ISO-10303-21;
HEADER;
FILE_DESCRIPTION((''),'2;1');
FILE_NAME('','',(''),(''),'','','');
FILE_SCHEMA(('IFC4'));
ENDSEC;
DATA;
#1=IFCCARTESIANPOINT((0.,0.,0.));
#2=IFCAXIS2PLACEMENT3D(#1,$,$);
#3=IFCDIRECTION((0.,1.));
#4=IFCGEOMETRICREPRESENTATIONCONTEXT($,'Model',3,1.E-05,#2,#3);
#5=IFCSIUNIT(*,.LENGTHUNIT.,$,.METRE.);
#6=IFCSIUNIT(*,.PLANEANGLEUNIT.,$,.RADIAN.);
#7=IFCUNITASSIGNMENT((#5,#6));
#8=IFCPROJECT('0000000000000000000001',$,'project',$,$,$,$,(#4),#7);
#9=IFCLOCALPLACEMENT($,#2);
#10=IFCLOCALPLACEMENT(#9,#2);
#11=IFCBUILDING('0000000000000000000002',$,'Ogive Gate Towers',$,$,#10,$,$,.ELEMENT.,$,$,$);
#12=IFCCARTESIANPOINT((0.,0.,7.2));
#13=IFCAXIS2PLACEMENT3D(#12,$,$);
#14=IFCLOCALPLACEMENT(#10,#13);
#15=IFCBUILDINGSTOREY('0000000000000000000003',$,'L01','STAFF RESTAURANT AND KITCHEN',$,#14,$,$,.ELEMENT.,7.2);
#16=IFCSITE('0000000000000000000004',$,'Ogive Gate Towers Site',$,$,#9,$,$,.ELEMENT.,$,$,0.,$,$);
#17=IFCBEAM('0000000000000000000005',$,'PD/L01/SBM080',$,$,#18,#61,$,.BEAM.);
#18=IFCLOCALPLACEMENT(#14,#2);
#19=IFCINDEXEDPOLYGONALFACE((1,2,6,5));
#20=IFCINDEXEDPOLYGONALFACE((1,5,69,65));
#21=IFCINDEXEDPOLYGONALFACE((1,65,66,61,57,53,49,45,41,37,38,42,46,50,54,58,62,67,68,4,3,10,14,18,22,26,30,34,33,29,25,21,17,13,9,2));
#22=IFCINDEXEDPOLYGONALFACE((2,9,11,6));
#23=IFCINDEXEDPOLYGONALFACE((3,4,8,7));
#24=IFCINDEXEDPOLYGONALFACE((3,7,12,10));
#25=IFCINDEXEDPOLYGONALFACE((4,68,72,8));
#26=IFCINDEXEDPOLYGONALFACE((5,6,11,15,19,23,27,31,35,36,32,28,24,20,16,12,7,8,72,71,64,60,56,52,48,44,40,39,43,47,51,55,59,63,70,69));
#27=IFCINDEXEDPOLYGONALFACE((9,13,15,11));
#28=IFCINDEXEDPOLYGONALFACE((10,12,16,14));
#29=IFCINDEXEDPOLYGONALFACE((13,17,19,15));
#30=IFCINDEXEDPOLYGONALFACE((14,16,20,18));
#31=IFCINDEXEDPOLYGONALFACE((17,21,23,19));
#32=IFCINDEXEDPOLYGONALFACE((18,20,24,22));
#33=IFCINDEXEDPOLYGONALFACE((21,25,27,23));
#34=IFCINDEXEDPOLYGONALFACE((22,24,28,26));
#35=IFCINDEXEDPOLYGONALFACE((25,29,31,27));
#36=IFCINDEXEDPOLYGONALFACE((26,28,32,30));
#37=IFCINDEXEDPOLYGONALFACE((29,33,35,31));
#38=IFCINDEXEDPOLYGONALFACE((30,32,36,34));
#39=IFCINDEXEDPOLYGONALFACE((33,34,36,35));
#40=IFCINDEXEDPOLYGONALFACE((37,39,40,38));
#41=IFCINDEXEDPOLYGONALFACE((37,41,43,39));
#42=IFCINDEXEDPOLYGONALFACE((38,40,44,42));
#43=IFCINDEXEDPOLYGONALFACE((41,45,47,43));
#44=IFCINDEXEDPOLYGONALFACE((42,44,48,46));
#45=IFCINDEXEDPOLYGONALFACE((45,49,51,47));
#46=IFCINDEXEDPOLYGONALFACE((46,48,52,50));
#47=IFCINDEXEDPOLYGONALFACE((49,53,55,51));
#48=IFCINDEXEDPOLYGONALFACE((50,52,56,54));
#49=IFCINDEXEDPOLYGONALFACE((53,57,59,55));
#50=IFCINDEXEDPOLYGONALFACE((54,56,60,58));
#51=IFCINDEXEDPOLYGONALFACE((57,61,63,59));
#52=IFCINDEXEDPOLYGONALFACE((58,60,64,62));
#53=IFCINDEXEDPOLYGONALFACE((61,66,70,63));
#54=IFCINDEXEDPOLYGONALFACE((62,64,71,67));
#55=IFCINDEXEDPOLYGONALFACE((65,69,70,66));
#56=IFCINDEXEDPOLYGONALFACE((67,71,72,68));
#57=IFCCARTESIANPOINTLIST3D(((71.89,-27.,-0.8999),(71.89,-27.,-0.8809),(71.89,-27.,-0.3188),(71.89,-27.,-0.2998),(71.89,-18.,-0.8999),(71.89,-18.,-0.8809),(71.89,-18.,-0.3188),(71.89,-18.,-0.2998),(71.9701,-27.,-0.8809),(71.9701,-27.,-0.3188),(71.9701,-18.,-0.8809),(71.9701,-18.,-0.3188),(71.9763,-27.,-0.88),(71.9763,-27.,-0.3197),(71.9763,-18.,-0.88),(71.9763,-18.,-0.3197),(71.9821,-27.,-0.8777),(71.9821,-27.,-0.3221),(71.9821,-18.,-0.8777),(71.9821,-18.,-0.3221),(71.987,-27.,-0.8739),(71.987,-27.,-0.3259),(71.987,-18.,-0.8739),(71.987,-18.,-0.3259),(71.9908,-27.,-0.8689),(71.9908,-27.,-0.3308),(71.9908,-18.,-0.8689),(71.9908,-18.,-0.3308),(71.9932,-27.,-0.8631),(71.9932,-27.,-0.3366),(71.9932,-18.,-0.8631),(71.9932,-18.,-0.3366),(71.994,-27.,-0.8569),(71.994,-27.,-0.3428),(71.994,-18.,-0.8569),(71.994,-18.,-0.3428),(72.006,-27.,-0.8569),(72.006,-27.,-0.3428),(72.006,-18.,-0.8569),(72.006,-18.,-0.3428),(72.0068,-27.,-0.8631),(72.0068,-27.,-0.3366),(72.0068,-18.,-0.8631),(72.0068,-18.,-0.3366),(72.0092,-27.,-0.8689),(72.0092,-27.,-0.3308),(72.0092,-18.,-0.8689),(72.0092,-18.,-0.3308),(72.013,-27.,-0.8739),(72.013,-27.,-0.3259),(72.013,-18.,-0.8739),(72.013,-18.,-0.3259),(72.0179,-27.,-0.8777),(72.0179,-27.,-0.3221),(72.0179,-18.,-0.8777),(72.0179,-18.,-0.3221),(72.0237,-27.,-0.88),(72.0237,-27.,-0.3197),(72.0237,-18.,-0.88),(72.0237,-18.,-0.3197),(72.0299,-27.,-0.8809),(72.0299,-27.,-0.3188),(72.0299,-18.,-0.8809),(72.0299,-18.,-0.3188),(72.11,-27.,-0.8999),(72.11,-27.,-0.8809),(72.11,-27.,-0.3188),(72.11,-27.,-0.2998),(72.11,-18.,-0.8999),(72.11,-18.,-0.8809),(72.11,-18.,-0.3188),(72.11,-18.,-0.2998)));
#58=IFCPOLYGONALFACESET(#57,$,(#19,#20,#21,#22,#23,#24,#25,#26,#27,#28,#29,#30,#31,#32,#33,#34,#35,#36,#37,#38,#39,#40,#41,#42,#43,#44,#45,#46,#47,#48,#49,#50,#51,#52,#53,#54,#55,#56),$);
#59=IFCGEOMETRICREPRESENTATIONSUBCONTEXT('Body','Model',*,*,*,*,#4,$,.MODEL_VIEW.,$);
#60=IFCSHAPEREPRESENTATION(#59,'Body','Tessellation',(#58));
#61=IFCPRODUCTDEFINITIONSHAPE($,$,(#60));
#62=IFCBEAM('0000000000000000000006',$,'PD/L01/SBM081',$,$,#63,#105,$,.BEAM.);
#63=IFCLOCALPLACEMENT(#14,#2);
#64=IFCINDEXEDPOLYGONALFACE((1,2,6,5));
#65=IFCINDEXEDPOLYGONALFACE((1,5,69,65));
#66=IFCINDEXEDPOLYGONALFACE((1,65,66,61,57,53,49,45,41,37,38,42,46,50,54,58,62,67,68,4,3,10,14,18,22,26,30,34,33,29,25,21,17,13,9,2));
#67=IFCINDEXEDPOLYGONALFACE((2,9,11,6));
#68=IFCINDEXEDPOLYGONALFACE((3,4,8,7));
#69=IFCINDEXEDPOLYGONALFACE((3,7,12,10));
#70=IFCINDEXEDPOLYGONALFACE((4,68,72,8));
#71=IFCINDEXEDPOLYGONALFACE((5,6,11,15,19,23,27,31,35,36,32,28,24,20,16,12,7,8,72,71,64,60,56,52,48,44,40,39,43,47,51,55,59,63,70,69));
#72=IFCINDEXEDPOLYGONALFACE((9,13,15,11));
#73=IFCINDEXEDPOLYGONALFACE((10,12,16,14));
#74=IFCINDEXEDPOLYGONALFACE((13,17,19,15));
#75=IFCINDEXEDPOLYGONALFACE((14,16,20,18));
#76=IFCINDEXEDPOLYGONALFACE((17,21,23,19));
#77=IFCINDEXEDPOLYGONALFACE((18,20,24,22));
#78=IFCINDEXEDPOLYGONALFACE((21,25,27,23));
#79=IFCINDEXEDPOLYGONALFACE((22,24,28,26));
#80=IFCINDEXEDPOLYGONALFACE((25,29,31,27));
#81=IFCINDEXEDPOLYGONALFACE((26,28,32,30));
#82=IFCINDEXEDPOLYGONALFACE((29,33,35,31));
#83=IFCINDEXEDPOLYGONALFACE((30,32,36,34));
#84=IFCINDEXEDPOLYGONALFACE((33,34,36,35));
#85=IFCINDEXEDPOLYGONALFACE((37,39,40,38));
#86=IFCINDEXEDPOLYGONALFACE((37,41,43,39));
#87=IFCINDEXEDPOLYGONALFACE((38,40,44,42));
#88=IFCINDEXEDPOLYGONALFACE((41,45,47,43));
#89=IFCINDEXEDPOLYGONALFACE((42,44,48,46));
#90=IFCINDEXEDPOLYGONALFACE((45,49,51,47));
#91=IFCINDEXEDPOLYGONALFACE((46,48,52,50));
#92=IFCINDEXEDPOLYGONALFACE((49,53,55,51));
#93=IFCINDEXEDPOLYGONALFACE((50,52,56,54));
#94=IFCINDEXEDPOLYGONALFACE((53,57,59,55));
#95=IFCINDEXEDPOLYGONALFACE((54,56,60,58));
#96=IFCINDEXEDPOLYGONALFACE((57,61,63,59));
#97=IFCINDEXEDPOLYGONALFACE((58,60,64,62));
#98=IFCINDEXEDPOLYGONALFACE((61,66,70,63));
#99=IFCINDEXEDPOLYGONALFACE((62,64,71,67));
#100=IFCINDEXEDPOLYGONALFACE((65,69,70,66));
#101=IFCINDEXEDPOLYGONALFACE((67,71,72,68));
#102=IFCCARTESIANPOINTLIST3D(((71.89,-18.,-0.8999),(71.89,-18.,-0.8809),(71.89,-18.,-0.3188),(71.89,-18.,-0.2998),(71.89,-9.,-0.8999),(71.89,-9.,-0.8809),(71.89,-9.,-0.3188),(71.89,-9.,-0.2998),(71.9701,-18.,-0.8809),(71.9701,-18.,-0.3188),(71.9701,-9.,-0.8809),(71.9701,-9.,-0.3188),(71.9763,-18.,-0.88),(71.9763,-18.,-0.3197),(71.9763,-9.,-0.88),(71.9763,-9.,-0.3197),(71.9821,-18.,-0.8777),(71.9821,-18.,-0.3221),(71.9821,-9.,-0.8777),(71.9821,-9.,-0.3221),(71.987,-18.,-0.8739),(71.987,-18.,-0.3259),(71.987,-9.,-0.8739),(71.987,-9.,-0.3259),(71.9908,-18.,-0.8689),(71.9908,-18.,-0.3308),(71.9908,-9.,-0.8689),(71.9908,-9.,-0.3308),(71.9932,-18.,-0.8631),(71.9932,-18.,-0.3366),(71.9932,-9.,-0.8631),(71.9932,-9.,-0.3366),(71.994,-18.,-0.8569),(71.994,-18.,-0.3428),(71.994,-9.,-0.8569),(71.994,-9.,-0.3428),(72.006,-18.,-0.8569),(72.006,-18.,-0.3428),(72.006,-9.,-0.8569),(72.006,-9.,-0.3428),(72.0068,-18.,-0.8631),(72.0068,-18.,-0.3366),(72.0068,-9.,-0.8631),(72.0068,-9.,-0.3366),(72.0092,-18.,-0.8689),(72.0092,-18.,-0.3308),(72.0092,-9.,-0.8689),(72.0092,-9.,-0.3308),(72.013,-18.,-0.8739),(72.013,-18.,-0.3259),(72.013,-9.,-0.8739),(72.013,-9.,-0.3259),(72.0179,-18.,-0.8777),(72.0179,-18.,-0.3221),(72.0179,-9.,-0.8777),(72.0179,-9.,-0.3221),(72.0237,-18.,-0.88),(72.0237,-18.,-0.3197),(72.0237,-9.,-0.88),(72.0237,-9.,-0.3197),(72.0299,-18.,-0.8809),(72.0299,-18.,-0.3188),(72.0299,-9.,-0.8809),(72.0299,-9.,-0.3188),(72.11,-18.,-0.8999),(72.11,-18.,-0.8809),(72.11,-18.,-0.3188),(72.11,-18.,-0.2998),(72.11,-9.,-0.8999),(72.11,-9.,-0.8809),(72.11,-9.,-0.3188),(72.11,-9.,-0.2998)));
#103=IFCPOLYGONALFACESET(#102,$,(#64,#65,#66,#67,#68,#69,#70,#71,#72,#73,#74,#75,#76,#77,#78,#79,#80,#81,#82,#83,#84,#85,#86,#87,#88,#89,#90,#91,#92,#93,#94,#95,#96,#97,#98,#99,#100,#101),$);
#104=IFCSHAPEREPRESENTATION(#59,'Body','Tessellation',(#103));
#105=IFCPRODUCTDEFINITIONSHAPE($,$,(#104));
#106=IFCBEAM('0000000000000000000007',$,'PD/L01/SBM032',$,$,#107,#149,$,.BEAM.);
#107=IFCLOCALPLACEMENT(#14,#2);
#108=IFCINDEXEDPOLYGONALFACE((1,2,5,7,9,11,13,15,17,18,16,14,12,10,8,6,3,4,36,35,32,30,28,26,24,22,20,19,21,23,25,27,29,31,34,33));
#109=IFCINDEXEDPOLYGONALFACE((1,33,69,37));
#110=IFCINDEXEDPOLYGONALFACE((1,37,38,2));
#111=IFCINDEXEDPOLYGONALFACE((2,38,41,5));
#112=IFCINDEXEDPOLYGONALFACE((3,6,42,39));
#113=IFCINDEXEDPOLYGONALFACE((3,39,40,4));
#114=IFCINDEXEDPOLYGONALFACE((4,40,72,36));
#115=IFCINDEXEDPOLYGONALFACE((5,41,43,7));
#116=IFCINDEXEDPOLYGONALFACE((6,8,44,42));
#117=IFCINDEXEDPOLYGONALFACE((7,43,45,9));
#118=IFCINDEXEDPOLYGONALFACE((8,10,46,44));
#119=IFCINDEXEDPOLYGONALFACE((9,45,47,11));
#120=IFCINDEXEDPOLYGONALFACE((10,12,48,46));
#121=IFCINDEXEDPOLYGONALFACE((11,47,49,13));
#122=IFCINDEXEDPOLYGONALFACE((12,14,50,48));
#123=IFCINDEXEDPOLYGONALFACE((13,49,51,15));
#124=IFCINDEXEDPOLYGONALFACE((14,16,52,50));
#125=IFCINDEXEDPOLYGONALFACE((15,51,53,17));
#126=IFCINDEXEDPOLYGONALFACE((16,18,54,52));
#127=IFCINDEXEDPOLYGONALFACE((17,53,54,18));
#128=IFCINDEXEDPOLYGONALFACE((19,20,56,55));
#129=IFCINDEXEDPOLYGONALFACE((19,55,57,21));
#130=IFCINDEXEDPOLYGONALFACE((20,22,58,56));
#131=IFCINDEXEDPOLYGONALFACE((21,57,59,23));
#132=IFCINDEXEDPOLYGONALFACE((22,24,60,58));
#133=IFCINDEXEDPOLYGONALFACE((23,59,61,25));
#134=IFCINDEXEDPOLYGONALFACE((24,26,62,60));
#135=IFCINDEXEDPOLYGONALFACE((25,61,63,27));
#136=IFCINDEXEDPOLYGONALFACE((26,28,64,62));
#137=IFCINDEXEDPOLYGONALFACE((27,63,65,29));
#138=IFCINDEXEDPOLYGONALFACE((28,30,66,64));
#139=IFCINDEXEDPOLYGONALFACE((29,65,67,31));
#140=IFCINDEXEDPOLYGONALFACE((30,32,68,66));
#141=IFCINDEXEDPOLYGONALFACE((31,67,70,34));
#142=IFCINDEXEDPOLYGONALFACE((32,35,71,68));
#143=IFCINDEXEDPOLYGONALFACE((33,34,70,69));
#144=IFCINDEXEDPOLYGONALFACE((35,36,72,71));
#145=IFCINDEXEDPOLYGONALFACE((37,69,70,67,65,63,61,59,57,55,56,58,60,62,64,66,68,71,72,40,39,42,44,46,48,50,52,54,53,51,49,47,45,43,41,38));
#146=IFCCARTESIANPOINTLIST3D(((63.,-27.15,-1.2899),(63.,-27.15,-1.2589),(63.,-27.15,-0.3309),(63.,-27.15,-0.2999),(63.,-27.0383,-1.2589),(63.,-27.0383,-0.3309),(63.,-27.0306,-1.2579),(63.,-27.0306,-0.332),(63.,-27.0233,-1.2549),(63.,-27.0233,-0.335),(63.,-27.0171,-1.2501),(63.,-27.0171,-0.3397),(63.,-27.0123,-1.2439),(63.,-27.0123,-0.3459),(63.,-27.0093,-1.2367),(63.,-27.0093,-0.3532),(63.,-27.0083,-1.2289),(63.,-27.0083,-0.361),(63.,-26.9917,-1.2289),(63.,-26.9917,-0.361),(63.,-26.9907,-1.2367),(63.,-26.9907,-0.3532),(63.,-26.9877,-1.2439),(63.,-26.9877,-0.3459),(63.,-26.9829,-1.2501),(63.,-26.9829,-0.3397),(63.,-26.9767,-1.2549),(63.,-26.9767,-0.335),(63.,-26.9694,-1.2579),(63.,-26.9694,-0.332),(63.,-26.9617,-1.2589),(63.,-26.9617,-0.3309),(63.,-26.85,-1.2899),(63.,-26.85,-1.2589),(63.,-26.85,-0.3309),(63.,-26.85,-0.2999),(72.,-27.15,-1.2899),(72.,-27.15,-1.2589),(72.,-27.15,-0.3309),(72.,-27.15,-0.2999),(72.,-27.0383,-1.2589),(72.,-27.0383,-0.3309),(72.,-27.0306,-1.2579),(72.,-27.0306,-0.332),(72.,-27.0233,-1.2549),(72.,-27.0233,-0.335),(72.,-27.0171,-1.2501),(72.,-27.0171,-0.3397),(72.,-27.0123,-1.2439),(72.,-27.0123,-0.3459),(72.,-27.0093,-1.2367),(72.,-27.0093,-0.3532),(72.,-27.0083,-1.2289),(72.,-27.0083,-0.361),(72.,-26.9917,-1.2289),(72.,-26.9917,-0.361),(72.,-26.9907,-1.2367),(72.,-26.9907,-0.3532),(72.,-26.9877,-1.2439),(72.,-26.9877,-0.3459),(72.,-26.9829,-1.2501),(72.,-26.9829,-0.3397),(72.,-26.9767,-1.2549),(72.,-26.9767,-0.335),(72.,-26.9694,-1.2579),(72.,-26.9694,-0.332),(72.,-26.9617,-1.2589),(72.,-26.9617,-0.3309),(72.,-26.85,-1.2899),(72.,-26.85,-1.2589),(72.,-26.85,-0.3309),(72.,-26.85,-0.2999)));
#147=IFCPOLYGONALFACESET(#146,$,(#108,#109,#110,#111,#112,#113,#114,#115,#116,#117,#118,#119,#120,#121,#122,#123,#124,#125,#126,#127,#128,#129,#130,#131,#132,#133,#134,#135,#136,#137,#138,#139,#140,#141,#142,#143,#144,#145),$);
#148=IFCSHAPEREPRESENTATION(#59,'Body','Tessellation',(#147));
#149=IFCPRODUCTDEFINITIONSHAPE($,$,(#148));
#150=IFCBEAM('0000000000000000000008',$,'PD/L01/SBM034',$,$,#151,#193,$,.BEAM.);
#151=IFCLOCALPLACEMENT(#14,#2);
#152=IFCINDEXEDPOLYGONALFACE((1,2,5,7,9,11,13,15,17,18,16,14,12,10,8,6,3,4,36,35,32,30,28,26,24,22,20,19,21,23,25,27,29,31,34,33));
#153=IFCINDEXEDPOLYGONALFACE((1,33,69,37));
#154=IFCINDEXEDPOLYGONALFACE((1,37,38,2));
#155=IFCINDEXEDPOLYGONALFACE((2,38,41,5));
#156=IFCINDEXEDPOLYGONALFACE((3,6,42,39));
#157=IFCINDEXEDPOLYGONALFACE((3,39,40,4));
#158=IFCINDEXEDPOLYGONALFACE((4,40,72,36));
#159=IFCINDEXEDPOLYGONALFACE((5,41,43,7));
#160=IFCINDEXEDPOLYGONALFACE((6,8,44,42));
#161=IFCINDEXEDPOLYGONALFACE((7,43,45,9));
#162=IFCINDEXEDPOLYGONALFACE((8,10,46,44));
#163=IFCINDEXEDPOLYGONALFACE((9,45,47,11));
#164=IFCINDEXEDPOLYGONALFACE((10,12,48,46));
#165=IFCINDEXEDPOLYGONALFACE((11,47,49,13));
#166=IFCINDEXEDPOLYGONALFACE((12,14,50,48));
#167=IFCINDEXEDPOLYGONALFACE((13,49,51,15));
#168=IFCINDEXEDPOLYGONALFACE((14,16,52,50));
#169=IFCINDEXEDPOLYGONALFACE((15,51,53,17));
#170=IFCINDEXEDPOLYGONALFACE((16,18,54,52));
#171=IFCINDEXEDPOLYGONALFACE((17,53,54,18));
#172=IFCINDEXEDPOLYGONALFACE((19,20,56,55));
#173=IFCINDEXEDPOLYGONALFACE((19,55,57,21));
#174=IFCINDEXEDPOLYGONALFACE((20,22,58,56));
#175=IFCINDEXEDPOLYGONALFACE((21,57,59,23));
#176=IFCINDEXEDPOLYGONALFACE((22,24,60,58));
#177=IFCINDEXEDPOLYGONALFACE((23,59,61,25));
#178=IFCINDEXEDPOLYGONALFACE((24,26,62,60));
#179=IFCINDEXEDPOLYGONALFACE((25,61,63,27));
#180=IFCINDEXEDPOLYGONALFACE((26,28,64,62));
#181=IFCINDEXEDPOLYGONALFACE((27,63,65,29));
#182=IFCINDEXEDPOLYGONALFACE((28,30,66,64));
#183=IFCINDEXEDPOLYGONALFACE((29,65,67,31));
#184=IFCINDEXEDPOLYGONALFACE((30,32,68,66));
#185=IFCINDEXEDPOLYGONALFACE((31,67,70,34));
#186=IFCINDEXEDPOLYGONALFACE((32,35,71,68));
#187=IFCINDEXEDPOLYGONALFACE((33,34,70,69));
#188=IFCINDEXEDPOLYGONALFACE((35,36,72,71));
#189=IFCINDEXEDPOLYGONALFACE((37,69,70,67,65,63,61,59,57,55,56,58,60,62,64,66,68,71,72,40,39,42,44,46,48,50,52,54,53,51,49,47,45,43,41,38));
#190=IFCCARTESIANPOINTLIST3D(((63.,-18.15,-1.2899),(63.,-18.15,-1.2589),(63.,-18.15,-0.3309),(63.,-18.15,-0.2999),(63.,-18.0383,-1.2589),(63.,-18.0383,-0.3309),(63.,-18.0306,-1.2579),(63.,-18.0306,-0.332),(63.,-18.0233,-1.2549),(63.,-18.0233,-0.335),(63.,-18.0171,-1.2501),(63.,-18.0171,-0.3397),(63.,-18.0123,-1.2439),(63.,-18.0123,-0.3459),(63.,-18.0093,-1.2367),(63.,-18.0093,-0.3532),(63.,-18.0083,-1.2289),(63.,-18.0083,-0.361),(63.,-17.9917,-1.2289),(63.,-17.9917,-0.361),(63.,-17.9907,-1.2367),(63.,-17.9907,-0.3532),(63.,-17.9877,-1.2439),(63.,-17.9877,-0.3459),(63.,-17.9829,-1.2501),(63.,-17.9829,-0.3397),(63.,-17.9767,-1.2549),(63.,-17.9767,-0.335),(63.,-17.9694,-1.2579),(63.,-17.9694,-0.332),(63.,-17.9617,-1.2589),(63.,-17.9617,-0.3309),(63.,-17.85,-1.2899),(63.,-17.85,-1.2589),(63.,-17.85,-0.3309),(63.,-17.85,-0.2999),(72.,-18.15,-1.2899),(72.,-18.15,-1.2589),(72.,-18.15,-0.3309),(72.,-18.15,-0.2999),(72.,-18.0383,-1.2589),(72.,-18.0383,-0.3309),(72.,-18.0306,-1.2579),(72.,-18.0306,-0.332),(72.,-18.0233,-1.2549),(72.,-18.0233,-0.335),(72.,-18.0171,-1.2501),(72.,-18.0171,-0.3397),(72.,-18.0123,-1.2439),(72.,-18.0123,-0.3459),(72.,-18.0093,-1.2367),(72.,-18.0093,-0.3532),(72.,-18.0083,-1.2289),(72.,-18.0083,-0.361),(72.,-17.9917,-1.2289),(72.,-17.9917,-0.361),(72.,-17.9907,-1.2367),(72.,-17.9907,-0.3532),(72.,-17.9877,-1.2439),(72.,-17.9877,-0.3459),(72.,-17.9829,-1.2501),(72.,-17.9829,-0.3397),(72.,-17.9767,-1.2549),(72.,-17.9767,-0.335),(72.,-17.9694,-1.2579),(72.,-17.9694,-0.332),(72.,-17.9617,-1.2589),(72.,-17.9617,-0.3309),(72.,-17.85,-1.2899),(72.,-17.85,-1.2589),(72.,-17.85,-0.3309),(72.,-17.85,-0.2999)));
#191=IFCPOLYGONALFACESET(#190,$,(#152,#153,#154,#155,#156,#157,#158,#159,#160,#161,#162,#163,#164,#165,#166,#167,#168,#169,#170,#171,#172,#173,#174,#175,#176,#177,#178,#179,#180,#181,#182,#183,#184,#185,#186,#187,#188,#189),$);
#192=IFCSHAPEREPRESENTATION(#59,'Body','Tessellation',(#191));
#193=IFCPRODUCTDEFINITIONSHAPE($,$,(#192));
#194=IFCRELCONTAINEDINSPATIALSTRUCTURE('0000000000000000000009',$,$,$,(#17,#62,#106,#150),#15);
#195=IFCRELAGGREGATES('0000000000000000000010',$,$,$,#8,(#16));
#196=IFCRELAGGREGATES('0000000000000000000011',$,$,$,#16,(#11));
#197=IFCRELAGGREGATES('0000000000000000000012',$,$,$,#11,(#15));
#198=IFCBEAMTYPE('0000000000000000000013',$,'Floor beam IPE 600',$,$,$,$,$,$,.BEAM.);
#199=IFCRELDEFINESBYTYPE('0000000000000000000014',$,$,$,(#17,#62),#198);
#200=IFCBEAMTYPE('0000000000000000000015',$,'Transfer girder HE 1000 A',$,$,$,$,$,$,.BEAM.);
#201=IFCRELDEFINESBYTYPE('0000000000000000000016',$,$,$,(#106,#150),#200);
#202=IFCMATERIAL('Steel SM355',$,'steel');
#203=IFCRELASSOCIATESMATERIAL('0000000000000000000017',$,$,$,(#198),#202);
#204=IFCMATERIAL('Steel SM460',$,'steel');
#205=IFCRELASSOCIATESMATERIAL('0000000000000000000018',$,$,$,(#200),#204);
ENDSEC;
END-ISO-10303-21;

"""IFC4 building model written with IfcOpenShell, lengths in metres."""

from ifc_helpers import new_model, si_unit, direction, frame, origin, origin_2d, place, context, subcontext, project, spatial, i_section, extrude, material, material_profile, profile_set, type_object, element, save


model = new_model("IFC4")

# Units and contexts
model_context = context("Model", 3, precision=1e-05, world=origin(), true_north=direction((0.0, 1.0)))
body_context = subcontext(model_context, "Body", "Model", "MODEL_VIEW")
ifc_project = project(units=[si_unit("LENGTHUNIT", "METRE"), si_unit("PLANEANGLEUNIT", "RADIAN")], contexts=[model_context])

# Site, building, storey
site_placement = place(None, origin())
site = spatial("IfcSite", under=ifc_project, at=site_placement, Name="Ogive Gate Towers Site", CompositionType="ELEMENT", RefElevation=0.0)
building_placement = place(site_placement, origin())
building = spatial("IfcBuilding", under=site, at=building_placement, Name="Ogive Gate Towers", CompositionType="ELEMENT")
storey_placement = place(building_placement, frame((0.0, 0.0, 7.2)))
storey = spatial("IfcBuildingStorey", under=building, at=storey_placement, Name="L01", Description="STAFF RESTAURANT AND KITCHEN", CompositionType="ELEMENT", Elevation=7.2)

# Beams
ifc_material_1 = material(Name="Steel SM355", Category="steel")
ifc_material_profile_1 = material_profile(ifc_material_1, i_section(OverallWidth=0.22, OverallDepth=0.6001, WebThickness=0.012, FlangeThickness=0.019, FilletRadius=0.0239, at=origin_2d()), Name="IPE 600")
ifc_profile_set_1 = profile_set([ifc_material_profile_1], Name="Steel SM355")
beam_type_1 = type_object("IfcBeamType", Name="Floor beam IPE 600", PredefinedType="BEAM", material=ifc_profile_set_1)
for number, where, z_axis, x_axis, name in (
    (1, (72.0, -27.0, -0.5999), (0.0, 1.0, 0.0), (-1.0, 0.0, 0.0), "PD/L01/SBM080"),
    (2, (72.0, -18.0, -0.5999), (0.0, 1.0, 0.0), (-1.0, 0.0, 0.0), "PD/L01/SBM081"),
):
    element("IfcBeam", number, at=place(storey_placement, frame(where, z_axis=z_axis, x_axis=x_axis)), inside=storey, type_object=beam_type_1, Name=name, PredefinedType="BEAM", context=body_context, shape_type="SweptSolid", body=[
        extrude(i_section(OverallWidth=0.22, OverallDepth=0.6001, WebThickness=0.012, FlangeThickness=0.019, FilletRadius=0.0239, at=origin_2d()), origin(), (0.0, 0.0, 1.0), 9.0),
    ])
ifc_material_2 = material(Name="Steel SM460", Category="steel")
ifc_material_profile_2 = material_profile(ifc_material_2, i_section(OverallWidth=0.3, OverallDepth=0.99, WebThickness=0.0166, FlangeThickness=0.031, FilletRadius=0.03, at=origin_2d()), Name="HE 1000 A")
ifc_profile_set_2 = profile_set([ifc_material_profile_2], Name="Steel SM460")
beam_type_2 = type_object("IfcBeamType", Name="Transfer girder HE 1000 A", PredefinedType="BEAM", material=ifc_profile_set_2)
for number, where, z_axis, x_axis, name in (
    (3, (63.0, -27.0, -0.7949), (1.0, 0.0, 0.0), (0.0, 1.0, 0.0), "PD/L01/SBM032"),
    (4, (63.0, -18.0, -0.7949), (1.0, 0.0, 0.0), (0.0, 1.0, 0.0), "PD/L01/SBM034"),
):
    element("IfcBeam", number, at=place(storey_placement, frame(where, z_axis=z_axis, x_axis=x_axis)), inside=storey, type_object=beam_type_2, Name=name, PredefinedType="BEAM", context=body_context, shape_type="SweptSolid", body=[
        extrude(i_section(OverallWidth=0.3, OverallDepth=0.99, WebThickness=0.0166, FlangeThickness=0.031, FilletRadius=0.03, at=origin_2d()), origin(), (0.0, 0.0, 1.0), 9.0),
    ])

save(model, "model.ifc")
